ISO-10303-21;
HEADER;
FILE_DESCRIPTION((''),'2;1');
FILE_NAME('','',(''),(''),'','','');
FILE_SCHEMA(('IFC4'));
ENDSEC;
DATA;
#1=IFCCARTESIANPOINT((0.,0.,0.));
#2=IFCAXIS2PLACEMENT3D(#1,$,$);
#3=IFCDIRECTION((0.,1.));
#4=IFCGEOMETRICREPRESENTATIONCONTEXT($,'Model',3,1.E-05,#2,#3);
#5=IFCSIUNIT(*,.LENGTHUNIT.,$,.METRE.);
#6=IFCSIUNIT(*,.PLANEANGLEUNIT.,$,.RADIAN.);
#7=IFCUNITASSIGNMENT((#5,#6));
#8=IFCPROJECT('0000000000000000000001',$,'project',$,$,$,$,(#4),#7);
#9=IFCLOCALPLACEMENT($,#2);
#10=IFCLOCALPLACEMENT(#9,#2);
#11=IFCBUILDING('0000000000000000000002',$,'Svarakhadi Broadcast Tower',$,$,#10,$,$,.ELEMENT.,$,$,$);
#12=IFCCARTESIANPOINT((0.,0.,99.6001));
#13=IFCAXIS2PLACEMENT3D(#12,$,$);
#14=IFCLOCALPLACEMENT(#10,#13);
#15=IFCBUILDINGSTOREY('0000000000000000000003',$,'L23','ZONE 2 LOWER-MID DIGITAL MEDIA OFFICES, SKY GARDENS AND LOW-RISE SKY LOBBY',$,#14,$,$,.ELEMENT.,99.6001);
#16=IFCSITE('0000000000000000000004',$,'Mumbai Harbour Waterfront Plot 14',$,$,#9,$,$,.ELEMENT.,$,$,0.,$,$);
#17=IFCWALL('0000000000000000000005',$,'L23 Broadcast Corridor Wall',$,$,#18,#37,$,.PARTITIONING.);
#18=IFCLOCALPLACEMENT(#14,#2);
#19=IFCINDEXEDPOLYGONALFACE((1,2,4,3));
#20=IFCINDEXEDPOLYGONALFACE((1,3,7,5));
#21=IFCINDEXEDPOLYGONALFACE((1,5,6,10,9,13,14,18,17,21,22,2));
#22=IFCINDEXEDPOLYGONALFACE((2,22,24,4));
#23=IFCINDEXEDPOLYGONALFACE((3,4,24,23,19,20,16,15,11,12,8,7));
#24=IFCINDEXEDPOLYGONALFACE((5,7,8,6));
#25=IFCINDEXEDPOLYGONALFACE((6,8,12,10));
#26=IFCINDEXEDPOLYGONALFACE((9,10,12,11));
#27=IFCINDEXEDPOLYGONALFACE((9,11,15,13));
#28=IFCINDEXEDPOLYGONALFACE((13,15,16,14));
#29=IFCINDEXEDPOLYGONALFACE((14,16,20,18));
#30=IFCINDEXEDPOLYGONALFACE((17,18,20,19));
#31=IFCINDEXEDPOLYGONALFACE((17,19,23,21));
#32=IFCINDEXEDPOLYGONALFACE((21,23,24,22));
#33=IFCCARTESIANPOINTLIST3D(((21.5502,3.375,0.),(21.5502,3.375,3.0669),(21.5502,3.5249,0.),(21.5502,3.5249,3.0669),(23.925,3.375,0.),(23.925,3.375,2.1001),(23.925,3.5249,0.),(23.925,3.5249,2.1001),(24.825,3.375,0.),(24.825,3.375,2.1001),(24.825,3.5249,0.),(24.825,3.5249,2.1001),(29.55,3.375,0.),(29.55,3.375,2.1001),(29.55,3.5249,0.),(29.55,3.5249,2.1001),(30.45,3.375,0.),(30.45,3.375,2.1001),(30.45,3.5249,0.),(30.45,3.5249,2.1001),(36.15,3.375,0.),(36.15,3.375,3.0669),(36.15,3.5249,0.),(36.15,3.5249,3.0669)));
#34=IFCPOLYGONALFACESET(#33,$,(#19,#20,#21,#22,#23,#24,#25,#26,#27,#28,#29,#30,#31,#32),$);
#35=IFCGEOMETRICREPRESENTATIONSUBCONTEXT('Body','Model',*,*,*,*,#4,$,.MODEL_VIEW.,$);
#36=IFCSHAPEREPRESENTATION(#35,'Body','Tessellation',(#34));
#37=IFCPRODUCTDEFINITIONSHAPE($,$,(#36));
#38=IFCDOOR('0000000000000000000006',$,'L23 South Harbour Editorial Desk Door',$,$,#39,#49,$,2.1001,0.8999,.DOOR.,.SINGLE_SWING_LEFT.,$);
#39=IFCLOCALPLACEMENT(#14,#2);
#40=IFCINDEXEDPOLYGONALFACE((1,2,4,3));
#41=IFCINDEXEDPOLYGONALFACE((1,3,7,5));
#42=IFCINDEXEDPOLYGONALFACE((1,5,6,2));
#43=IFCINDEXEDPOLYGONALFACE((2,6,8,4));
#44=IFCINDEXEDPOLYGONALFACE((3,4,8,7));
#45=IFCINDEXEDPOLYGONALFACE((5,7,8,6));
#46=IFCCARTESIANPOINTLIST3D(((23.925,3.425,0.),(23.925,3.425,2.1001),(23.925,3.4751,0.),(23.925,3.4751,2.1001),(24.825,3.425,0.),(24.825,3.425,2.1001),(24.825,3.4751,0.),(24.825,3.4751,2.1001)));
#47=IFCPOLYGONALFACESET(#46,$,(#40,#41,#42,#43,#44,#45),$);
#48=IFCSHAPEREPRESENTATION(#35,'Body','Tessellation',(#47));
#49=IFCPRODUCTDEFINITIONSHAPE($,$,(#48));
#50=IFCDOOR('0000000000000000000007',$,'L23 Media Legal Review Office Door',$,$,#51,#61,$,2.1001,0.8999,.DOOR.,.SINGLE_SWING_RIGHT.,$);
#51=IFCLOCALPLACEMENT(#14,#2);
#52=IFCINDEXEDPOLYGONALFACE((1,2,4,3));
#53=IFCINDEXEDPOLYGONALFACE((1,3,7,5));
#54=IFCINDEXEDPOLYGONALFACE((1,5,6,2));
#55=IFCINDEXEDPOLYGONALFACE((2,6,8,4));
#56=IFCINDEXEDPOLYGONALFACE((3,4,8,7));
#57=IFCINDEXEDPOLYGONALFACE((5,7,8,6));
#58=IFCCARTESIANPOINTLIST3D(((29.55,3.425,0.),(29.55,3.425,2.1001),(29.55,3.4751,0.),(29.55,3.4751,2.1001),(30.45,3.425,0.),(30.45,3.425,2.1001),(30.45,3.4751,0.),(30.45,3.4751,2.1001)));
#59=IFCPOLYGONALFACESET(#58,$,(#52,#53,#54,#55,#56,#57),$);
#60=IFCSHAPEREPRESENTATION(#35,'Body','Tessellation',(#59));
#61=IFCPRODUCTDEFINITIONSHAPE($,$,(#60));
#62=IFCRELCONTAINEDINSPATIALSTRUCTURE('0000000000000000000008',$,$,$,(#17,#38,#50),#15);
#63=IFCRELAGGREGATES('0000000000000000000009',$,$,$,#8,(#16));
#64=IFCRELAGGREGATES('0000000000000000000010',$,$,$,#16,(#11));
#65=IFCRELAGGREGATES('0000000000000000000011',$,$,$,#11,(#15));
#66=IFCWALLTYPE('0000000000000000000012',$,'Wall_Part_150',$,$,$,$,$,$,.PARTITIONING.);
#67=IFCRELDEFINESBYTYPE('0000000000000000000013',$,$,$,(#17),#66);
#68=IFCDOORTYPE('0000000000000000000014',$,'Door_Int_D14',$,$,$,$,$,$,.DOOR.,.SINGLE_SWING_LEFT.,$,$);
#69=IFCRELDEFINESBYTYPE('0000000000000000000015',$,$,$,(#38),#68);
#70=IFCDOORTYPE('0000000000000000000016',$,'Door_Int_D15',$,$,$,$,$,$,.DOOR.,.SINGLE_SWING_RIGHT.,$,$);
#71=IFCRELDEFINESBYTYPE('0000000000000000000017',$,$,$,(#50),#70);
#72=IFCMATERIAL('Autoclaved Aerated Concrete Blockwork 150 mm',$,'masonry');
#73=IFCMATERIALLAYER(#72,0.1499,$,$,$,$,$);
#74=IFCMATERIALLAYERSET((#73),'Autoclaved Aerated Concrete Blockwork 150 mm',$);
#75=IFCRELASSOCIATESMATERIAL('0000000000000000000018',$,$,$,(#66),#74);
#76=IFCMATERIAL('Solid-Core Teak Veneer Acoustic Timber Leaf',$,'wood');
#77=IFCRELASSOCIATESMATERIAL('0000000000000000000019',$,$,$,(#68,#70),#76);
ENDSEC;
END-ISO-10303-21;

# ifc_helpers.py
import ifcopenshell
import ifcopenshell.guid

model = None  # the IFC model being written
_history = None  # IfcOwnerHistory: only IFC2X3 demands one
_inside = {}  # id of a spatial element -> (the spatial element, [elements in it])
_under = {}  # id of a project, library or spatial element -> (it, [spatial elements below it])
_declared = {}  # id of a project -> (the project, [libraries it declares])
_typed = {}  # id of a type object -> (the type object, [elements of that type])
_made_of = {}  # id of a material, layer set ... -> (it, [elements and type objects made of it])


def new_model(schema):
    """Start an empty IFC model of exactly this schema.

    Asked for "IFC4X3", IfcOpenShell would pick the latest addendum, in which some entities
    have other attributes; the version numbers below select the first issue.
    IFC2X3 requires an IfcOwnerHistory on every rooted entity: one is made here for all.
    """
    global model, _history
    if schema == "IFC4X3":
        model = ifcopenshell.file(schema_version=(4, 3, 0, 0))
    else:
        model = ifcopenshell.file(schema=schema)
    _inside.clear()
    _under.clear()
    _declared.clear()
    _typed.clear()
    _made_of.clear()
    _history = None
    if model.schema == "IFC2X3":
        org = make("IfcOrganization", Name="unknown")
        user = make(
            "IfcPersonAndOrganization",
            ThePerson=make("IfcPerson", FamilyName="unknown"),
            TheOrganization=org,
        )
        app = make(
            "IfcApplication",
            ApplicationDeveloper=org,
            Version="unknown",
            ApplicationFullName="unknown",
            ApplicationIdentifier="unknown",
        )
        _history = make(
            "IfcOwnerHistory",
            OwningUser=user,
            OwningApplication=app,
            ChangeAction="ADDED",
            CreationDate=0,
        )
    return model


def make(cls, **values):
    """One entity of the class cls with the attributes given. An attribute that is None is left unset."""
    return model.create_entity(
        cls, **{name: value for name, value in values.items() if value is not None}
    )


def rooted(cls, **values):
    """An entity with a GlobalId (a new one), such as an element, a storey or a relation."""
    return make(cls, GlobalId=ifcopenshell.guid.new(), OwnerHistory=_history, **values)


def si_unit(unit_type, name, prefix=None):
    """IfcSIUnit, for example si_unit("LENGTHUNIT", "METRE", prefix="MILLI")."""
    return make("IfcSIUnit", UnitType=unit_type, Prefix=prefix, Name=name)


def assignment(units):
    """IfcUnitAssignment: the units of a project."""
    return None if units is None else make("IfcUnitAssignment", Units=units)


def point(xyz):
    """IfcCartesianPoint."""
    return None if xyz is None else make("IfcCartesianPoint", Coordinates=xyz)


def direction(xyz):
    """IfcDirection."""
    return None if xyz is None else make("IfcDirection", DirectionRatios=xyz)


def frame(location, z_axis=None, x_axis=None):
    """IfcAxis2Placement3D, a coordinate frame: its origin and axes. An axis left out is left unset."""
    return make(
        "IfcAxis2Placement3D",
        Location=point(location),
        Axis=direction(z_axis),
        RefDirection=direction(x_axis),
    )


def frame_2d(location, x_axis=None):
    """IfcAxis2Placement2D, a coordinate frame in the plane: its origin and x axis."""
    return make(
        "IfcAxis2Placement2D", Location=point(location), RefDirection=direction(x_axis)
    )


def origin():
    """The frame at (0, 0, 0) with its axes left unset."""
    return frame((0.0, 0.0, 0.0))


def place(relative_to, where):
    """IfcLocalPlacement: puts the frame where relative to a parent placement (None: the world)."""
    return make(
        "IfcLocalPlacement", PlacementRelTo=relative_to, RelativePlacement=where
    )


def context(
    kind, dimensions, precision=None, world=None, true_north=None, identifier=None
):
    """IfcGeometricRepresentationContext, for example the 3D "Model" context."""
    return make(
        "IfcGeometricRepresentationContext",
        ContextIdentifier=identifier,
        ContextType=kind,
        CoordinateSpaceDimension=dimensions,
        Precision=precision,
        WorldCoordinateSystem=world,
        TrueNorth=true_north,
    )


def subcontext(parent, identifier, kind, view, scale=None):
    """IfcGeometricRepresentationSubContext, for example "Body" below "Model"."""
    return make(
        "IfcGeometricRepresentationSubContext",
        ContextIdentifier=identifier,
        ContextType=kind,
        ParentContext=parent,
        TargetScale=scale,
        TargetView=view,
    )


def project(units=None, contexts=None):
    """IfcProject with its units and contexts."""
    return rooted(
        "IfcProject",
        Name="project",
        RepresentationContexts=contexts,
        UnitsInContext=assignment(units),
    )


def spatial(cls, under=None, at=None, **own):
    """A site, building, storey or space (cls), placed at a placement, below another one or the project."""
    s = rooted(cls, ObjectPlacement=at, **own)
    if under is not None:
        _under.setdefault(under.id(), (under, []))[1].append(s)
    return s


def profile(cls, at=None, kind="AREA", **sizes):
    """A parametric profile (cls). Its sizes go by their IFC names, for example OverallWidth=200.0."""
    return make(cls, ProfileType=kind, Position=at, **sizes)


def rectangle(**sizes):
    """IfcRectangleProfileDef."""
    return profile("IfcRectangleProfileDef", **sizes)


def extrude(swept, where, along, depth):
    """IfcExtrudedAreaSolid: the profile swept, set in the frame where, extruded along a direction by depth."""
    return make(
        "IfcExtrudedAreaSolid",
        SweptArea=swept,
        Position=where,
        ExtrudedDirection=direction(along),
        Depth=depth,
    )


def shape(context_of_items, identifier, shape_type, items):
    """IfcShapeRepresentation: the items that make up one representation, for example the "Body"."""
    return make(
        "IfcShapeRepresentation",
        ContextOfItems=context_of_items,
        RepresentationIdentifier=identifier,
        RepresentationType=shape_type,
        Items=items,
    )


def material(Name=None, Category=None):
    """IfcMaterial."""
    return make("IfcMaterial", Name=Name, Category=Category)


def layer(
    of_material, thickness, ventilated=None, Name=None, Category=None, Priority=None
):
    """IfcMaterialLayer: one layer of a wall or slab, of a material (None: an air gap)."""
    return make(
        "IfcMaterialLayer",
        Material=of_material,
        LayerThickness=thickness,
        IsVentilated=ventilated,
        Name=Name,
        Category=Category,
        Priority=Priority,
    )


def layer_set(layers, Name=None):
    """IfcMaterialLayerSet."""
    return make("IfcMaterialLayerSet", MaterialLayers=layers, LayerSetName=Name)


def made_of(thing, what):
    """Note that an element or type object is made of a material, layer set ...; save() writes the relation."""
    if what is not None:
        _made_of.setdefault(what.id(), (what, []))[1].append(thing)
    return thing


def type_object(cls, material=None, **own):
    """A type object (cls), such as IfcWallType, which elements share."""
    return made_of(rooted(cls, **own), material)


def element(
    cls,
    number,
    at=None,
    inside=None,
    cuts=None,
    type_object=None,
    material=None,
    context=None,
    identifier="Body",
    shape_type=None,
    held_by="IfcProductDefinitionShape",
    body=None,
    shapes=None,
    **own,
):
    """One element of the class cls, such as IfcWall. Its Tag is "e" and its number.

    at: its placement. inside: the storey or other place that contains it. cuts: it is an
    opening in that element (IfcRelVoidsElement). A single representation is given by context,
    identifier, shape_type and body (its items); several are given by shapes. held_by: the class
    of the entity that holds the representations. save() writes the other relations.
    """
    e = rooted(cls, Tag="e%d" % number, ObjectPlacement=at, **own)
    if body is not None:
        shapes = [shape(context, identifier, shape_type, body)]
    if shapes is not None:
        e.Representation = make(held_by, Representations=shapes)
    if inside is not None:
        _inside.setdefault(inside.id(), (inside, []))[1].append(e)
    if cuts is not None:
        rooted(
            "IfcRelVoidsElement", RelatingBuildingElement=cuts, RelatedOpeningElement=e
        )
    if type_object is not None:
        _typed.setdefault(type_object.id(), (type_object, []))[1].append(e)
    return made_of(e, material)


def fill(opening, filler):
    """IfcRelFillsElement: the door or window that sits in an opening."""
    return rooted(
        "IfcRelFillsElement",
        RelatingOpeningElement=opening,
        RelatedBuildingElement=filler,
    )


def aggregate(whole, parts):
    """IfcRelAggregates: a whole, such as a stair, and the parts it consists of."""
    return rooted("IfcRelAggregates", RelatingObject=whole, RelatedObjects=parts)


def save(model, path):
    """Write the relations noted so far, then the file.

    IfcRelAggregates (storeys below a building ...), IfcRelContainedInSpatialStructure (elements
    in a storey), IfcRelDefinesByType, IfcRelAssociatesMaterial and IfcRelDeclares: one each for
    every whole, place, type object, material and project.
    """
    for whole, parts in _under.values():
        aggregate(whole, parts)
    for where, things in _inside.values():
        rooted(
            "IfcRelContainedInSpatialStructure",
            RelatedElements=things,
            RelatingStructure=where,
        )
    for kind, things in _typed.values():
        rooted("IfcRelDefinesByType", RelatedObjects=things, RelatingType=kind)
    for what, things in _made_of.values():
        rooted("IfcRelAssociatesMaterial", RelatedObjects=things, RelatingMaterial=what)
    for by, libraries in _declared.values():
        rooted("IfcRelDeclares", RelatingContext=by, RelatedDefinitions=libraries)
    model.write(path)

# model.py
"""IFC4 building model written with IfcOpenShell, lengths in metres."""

from ifc_helpers import new_model, si_unit, direction, frame, frame_2d, origin, place, context, subcontext, project, spatial, rectangle, extrude, material, layer, layer_set, type_object, element, fill, save


model = new_model("IFC4")

# Units and contexts
model_context = context("Model", 3, precision=1e-05, world=origin(), true_north=direction((0.0, 1.0)))
body_context = subcontext(model_context, "Body", "Model", "MODEL_VIEW")
ifc_project = project(units=[si_unit("LENGTHUNIT", "METRE"), si_unit("PLANEANGLEUNIT", "RADIAN")], contexts=[model_context])

# Site, building, storey
site_placement = place(None, origin())
site = spatial("IfcSite", under=ifc_project, at=site_placement, Name="Mumbai Harbour Waterfront Plot 14", CompositionType="ELEMENT", RefElevation=0.0)
building_placement = place(site_placement, origin())
building = spatial("IfcBuilding", under=site, at=building_placement, Name="Svarakhadi Broadcast Tower", CompositionType="ELEMENT")
storey_placement = place(building_placement, frame((0.0, 0.0, 99.6001)))
storey = spatial("IfcBuildingStorey", under=building, at=storey_placement, Name="L23", Description="ZONE 2 LOWER-MID DIGITAL MEDIA OFFICES, SKY GARDENS AND LOW-RISE SKY LOBBY", CompositionType="ELEMENT", Elevation=99.6001)

# Shared definitions
ifc_material_1 = material(Name="Autoclaved Aerated Concrete Blockwork 150 mm", Category="masonry")
ifc_layer_1 = layer(ifc_material_1, 0.1499)
ifc_layer_set_1 = layer_set([ifc_layer_1], Name="Autoclaved Aerated Concrete Blockwork 150 mm")
wall_type_1 = type_object("IfcWallType", Name="Wall_Part_150", PredefinedType="PARTITIONING", material=ifc_layer_set_1)
ifc_material_2 = material(Name="Solid-Core Teak Veneer Acoustic Timber Leaf", Category="wood")
door_type_1 = type_object("IfcDoorType", Name="Door_Int_D14", OperationType="SINGLE_SWING_LEFT", PredefinedType="DOOR", material=ifc_material_2)

# Shared definitions
door_type_2 = type_object("IfcDoorType", Name="Door_Int_D15", OperationType="SINGLE_SWING_RIGHT", PredefinedType="DOOR", material=ifc_material_2)

# Wall, openings, doors
wall_1_placement = place(storey_placement, frame((36.1499, 3.45, 0.0), z_axis=(0.0, 0.0, 1.0), x_axis=(-1.0, 0.0, 0.0)))
wall_1 = element("IfcWall", 1, at=wall_1_placement, inside=storey, type_object=wall_type_1, Name="L23 Broadcast Corridor Wall", PredefinedType="PARTITIONING", context=body_context, shape_type="SweptSolid", body=[
    extrude(rectangle(XDim=14.5999, YDim=0.1499, at=frame_2d((7.2998, 0.0))), origin(), (0.0, 0.0, 1.0), 3.0669),
])
opening_1_placement = place(wall_1_placement, frame((11.325, 0.0, 0.0)))
opening_1 = element("IfcOpeningElement", 2, at=opening_1_placement, cuts=wall_1, PredefinedType="OPENING", context=body_context, shape_type="SweptSolid", body=[
    extrude(rectangle(XDim=0.8999, YDim=2.1001, at=frame_2d((0.45, 1.05))), frame((0.0, 0.085, 0.0), z_axis=(0.0, -1.0, 0.0), x_axis=(1.0, 0.0, 0.0)), (0.0, 0.0, 1.0), 0.1699),
])
opening_2_placement = place(wall_1_placement, frame((5.7, 0.0, 0.0)))
opening_2 = element("IfcOpeningElement", 3, at=opening_2_placement, cuts=wall_1, PredefinedType="OPENING", context=body_context, shape_type="SweptSolid", body=[
    extrude(rectangle(XDim=0.8999, YDim=2.1001, at=frame_2d((0.45, 1.05))), frame((0.0, 0.085, 0.0), z_axis=(0.0, -1.0, 0.0), x_axis=(1.0, 0.0, 0.0)), (0.0, 0.0, 1.0), 0.1699),
])
door_1_placement = place(opening_1_placement, origin())
door_1 = element("IfcDoor", 4, at=door_1_placement, inside=storey, type_object=door_type_1, Name="L23 South Harbour Editorial Desk Door", OperationType="SINGLE_SWING_LEFT", OverallHeight=2.1001, OverallWidth=0.8999, PredefinedType="DOOR", context=body_context, shape_type="SweptSolid", body=[
    extrude(rectangle(XDim=0.8999, YDim=2.1001, at=frame_2d((0.45, 1.05))), frame((0.0, 0.0249, 0.0), z_axis=(0.0, -1.0, 0.0), x_axis=(1.0, 0.0, 0.0)), (0.0, 0.0, 1.0), 0.05),
])
fill(opening_1, door_1)
door_2_placement = place(opening_2_placement, origin())
door_2 = element("IfcDoor", 5, at=door_2_placement, inside=storey, type_object=door_type_2, Name="L23 Media Legal Review Office Door", OperationType="SINGLE_SWING_RIGHT", OverallHeight=2.1001, OverallWidth=0.8999, PredefinedType="DOOR", context=body_context, shape_type="SweptSolid", body=[
    extrude(rectangle(XDim=0.8999, YDim=2.1001, at=frame_2d((0.45, 1.05))), frame((0.0, 0.0249, 0.0), z_axis=(0.0, -1.0, 0.0), x_axis=(1.0, 0.0, 0.0)), (0.0, 0.0, 1.0), 0.05),
])
fill(opening_2, door_2)

save(model, "model.ifc")
